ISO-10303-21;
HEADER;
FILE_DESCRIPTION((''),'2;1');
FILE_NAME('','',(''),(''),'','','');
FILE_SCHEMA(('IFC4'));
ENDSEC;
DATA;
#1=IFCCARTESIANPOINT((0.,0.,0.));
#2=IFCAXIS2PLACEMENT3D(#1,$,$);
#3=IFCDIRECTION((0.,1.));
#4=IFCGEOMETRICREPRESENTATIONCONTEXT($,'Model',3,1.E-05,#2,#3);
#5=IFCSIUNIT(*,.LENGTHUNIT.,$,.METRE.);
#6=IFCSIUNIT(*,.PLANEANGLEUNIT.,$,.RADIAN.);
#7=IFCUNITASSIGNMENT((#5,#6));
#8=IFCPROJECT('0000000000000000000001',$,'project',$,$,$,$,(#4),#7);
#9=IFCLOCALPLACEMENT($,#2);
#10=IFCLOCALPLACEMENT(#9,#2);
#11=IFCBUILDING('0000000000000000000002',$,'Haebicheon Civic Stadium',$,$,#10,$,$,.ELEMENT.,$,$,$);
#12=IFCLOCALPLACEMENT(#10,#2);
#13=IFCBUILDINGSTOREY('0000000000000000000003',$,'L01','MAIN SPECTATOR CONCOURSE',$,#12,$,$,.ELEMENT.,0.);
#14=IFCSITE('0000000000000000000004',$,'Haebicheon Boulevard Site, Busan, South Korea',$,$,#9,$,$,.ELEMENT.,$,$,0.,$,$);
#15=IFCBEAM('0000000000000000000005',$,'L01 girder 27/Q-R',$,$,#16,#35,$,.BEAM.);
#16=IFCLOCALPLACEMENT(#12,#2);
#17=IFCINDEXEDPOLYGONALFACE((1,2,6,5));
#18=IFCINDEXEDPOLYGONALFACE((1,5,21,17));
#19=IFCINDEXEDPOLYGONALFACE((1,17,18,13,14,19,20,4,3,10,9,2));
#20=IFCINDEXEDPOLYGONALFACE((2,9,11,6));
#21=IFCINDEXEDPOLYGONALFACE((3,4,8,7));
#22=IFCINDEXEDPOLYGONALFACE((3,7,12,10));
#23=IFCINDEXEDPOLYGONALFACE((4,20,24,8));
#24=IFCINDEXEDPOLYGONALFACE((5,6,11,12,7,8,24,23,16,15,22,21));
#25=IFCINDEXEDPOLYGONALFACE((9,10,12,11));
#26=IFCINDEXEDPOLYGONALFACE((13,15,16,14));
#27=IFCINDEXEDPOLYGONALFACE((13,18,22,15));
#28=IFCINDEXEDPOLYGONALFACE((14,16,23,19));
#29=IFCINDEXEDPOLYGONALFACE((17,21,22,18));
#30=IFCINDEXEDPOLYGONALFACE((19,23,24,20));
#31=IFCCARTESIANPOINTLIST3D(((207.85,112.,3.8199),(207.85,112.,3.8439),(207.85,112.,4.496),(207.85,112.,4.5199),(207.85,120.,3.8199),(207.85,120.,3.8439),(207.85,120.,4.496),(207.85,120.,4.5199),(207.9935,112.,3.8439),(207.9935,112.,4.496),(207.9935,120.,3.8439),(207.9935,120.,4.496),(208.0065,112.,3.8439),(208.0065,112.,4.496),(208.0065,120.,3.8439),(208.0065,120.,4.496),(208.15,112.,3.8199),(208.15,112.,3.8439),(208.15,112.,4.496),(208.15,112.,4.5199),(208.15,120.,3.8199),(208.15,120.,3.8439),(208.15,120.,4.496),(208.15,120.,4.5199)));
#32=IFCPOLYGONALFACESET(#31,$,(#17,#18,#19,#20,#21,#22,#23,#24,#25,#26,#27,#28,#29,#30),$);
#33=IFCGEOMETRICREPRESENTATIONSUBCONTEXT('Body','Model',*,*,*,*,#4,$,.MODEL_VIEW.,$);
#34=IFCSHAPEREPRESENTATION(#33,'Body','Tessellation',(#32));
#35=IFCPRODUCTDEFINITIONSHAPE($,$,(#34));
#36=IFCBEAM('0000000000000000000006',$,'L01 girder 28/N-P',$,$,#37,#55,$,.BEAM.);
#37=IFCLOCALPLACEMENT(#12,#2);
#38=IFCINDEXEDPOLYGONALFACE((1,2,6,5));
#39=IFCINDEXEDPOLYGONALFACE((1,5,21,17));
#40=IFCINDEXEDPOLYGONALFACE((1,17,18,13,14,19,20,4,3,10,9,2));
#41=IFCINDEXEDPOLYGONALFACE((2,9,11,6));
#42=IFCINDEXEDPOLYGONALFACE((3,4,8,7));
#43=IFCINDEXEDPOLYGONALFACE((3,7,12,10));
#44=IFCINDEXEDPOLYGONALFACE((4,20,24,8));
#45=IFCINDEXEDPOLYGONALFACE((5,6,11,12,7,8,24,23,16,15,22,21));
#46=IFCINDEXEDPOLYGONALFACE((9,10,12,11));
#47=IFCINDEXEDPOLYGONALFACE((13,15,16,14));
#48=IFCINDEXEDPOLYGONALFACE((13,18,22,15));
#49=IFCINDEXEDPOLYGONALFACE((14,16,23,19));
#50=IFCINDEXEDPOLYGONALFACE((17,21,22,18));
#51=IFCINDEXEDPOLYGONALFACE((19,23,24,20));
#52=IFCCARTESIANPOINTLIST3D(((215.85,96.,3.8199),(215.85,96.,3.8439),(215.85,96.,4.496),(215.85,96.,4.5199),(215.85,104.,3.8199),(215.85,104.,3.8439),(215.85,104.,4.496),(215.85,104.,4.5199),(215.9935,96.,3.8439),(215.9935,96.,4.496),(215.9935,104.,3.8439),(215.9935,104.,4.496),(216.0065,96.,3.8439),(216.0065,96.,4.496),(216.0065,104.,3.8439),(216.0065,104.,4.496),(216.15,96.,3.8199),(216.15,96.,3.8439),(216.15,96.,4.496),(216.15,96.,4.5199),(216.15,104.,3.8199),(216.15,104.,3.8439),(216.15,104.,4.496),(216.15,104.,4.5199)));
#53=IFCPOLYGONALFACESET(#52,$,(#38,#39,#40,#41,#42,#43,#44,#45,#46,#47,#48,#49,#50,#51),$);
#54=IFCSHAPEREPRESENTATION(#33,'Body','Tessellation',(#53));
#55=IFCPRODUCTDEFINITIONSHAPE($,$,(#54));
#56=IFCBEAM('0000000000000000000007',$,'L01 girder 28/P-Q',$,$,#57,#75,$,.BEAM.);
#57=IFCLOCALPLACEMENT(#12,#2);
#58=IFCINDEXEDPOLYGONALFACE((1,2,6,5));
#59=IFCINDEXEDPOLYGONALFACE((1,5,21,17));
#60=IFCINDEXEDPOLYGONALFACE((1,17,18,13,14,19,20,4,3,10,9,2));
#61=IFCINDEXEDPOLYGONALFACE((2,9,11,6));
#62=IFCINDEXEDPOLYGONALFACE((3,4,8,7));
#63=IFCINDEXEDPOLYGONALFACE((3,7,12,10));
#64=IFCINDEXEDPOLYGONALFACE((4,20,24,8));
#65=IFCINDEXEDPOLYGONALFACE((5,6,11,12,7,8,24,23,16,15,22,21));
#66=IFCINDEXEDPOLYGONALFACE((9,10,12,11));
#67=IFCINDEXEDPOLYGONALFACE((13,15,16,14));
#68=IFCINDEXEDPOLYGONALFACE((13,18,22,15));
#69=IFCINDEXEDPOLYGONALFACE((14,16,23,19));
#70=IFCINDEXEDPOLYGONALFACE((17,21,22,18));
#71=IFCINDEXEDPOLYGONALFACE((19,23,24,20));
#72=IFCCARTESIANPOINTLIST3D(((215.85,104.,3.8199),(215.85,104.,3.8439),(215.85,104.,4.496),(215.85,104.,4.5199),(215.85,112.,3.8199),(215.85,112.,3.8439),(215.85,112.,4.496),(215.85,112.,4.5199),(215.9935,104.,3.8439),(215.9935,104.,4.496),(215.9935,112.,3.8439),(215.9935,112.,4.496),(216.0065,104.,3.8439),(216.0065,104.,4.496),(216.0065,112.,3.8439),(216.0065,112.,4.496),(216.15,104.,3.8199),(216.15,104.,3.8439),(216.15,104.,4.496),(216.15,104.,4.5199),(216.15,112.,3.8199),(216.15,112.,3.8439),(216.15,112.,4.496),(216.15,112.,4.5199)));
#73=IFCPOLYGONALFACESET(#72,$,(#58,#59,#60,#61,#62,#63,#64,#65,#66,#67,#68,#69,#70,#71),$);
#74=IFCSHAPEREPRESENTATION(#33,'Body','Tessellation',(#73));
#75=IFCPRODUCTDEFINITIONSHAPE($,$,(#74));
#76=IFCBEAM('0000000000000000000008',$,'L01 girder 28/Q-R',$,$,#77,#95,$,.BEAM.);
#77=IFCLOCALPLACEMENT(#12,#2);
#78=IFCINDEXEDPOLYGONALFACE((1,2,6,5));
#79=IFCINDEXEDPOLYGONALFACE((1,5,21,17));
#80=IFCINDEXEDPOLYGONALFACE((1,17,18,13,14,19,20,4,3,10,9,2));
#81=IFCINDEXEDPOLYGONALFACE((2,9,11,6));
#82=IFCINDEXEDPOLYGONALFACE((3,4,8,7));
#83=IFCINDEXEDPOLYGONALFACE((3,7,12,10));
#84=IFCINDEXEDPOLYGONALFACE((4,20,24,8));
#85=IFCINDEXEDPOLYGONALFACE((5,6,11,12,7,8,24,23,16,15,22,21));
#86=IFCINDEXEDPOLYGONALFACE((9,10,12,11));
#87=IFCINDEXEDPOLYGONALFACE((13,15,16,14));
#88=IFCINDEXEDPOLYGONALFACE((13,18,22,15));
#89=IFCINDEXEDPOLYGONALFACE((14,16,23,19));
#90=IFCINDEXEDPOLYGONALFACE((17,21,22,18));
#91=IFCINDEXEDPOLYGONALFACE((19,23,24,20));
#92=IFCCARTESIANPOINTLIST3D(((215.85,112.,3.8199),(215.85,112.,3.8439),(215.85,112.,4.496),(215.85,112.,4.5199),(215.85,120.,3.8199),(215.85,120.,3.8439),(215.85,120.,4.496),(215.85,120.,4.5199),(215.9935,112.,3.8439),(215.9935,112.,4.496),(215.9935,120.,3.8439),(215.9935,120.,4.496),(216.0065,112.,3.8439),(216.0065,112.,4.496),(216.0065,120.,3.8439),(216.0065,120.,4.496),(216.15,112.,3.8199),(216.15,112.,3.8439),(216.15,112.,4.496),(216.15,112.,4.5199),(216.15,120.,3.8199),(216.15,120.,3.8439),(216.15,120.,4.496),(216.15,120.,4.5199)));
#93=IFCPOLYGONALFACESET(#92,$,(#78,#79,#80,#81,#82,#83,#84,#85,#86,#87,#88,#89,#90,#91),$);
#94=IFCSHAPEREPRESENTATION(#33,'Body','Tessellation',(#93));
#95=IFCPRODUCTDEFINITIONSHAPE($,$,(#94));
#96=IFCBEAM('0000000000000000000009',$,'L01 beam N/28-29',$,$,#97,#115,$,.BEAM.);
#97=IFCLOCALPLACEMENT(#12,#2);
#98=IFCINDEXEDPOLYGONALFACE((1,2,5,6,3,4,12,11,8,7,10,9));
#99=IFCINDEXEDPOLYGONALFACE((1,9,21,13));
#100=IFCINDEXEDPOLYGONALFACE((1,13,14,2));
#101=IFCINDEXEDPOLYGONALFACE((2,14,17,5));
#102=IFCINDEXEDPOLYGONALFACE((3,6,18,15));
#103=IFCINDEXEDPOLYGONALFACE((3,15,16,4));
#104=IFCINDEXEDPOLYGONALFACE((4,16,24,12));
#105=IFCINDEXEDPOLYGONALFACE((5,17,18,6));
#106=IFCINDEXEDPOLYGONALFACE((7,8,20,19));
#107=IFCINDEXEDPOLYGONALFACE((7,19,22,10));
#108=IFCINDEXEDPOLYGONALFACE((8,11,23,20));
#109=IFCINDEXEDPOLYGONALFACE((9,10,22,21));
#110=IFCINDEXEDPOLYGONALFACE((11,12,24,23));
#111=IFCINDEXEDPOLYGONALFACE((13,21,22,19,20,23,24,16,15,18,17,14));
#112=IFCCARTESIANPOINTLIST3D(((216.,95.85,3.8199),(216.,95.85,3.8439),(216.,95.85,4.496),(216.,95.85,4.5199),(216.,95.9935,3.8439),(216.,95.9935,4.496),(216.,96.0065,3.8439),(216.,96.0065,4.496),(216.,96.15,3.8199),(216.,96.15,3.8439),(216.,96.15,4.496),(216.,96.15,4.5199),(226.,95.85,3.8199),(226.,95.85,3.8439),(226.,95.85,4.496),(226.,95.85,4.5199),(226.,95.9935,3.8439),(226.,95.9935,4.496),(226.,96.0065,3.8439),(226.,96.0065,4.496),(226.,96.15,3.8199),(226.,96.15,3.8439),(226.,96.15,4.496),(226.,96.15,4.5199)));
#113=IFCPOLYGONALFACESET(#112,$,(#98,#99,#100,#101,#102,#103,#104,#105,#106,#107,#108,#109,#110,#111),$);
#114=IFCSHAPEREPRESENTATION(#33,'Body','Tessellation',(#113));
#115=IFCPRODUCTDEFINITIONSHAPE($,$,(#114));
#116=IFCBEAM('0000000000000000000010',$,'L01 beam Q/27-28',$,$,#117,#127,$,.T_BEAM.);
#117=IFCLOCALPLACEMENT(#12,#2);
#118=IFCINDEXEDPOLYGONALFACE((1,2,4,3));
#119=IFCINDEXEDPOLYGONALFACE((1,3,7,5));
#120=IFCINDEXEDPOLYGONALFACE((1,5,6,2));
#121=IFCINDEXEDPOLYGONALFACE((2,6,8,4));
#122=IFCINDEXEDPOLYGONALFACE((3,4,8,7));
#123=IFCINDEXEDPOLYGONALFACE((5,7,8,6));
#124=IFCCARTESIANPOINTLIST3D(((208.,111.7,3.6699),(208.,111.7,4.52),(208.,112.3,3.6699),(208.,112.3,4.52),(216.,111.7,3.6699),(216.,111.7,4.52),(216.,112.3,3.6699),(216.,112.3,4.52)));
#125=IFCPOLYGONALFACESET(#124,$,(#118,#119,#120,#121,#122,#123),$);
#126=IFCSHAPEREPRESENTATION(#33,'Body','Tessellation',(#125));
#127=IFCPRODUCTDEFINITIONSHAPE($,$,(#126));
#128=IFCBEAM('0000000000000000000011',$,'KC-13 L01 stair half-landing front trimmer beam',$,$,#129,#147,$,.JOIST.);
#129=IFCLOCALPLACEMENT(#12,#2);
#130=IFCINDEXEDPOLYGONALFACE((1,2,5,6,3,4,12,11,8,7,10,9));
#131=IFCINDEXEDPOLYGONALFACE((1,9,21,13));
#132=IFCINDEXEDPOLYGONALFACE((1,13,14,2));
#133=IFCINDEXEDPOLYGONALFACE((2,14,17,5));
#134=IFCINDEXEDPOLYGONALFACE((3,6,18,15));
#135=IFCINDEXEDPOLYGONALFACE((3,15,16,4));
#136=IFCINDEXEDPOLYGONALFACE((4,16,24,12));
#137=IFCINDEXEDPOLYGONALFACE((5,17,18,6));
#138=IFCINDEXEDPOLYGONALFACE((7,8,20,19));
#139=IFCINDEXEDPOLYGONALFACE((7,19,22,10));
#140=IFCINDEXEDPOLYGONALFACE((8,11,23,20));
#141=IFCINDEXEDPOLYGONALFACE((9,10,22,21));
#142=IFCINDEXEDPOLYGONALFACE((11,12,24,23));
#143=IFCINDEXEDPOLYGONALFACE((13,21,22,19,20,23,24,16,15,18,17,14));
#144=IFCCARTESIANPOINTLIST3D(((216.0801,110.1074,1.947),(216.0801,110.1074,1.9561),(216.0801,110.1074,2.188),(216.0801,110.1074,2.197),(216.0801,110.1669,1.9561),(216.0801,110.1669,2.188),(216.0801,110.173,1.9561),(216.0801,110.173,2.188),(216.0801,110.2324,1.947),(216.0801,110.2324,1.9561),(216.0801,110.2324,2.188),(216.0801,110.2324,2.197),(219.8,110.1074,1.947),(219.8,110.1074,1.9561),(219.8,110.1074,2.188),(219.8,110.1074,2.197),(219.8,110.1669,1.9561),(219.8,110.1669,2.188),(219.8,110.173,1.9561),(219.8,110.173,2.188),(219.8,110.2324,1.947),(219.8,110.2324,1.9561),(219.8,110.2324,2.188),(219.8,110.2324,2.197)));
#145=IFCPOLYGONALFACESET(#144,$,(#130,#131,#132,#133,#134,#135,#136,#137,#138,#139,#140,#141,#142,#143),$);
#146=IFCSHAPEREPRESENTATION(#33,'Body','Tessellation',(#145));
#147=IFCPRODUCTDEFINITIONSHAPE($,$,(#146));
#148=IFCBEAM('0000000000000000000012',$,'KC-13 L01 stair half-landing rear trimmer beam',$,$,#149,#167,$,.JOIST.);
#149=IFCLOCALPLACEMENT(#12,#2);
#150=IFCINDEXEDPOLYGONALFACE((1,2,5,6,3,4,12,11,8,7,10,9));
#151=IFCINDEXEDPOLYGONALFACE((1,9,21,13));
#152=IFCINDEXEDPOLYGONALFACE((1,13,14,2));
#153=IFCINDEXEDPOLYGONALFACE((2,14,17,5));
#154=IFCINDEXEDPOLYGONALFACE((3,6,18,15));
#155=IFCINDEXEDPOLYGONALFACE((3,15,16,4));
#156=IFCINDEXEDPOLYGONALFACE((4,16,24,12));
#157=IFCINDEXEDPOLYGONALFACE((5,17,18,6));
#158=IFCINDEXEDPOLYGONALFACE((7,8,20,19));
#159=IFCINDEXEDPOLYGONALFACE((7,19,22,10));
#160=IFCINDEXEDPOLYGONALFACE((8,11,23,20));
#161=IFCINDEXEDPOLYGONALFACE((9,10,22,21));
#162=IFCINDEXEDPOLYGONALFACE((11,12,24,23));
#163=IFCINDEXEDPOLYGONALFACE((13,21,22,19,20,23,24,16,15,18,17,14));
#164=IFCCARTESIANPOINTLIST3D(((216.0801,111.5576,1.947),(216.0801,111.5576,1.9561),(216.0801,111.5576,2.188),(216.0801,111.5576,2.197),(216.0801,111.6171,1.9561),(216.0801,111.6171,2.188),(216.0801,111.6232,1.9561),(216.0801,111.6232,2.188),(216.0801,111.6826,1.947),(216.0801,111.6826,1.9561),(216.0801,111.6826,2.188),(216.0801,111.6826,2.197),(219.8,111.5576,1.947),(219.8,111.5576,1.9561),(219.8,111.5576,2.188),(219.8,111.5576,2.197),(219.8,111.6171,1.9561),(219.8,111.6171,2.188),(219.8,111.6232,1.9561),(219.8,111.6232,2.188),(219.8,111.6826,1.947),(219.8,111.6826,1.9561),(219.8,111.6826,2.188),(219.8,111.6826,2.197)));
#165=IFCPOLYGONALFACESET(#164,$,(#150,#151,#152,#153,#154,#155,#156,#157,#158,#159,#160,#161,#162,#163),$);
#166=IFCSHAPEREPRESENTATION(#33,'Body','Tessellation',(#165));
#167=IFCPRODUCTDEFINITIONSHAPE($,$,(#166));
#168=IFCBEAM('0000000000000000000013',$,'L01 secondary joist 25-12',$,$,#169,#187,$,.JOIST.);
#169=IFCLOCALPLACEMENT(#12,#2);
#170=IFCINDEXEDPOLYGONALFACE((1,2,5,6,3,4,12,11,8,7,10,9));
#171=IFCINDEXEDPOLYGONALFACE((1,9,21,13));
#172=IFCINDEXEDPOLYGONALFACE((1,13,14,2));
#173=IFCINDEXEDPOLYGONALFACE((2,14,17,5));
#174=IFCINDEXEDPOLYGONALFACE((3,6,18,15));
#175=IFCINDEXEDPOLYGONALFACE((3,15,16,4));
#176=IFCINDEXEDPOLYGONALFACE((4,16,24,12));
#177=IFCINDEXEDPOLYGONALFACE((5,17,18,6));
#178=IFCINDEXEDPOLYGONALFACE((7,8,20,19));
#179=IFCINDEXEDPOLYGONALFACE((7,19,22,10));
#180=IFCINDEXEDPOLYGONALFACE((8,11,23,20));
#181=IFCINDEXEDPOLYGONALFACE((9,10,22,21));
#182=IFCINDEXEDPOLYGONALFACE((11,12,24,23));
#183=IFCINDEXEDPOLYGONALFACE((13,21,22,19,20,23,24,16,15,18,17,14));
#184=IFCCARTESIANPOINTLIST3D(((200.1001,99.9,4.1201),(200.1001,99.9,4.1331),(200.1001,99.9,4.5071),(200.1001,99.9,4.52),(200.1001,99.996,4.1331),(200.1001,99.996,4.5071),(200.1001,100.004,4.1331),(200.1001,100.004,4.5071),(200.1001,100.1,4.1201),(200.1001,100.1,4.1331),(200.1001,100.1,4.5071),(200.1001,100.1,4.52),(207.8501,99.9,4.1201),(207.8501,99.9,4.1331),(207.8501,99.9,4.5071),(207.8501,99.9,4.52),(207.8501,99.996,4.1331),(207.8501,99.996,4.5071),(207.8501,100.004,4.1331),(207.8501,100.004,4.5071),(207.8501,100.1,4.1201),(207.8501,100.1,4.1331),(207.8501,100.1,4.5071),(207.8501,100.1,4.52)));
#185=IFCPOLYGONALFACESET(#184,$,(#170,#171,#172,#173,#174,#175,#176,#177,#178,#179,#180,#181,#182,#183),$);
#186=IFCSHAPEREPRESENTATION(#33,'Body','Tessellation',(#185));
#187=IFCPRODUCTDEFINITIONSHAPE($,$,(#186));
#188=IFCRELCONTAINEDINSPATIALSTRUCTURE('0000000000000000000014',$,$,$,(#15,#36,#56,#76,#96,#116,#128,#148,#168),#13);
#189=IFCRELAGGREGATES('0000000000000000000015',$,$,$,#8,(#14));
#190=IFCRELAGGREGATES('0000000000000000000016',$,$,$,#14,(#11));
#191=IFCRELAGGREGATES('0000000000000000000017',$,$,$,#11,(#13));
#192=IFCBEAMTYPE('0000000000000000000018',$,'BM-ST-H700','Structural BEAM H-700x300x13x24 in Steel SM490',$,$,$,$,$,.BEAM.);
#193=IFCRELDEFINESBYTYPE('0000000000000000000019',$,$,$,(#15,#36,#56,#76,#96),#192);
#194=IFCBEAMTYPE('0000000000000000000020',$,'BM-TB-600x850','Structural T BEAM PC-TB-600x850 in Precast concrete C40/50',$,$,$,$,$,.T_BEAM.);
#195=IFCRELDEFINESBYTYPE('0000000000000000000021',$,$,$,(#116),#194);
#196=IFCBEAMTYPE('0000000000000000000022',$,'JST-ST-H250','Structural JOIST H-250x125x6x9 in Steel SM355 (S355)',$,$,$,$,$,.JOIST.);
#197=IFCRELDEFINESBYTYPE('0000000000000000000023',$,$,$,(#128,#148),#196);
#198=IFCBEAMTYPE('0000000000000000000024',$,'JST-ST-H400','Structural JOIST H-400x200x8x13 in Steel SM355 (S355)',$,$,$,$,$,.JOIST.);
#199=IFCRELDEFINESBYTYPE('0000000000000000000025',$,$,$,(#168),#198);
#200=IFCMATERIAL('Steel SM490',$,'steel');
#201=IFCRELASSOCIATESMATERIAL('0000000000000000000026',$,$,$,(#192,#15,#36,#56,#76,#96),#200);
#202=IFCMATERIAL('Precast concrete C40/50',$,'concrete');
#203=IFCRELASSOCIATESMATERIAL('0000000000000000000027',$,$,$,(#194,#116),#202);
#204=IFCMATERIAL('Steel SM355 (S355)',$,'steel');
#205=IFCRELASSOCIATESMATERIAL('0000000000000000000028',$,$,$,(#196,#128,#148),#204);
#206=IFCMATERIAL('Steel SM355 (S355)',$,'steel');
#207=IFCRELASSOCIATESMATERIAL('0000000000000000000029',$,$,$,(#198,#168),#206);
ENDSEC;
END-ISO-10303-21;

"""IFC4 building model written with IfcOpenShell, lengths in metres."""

from ifc_helpers import new_model, si_unit, direction, frame, origin, origin_2d, place, context, subcontext, project, spatial, rectangle, i_section, extrude, material, material_profile, profile_set, type_object, element, save


model = new_model("IFC4")

# Units and contexts
model_context = context("Model", 3, precision=1e-05, world=origin(), true_north=direction((0.0, 1.0)))
body_context = subcontext(model_context, "Body", "Model", "MODEL_VIEW")
ifc_project = project(units=[si_unit("LENGTHUNIT", "METRE"), si_unit("PLANEANGLEUNIT", "RADIAN")], contexts=[model_context])

# Site, building, storey
site_placement = place(None, origin())
site = spatial("IfcSite", under=ifc_project, at=site_placement, Name="Haebicheon Boulevard Site, Busan, South Korea", CompositionType="ELEMENT", RefElevation=0.0)
building_placement = place(site_placement, origin())
building = spatial("IfcBuilding", under=site, at=building_placement, Name="Haebicheon Civic Stadium", CompositionType="ELEMENT")
storey_placement = place(building_placement, origin())
storey = spatial("IfcBuildingStorey", under=building, at=storey_placement, Name="L01", Description="MAIN SPECTATOR CONCOURSE", CompositionType="ELEMENT", Elevation=0.0)

# Beams
ifc_material_1 = material(Name="Steel SM490", Category="steel")
ifc_material_profile_1 = material_profile(ifc_material_1, i_section(OverallWidth=0.3, OverallDepth=0.7, WebThickness=0.0129, FlangeThickness=0.0239, at=origin_2d()), Name="H-700x300x13x24")
ifc_profile_set_1 = profile_set([ifc_material_profile_1], Name="Steel SM490")
beam_type_1 = type_object("IfcBeamType", Name="BM-ST-H700", Description="Structural BEAM H-700x300x13x24 in Steel SM490", PredefinedType="BEAM", material=ifc_profile_set_1)
for number, where, z_axis, x_axis, name in (
    (1, (208.0, 112.0, 4.1699), (0.0, 1.0, 0.0), (-1.0, 0.0, 0.0), "L01 girder 27/Q-R"),
    (2, (216.0, 96.0, 4.1699), (0.0, 1.0, 0.0), (-1.0, 0.0, 0.0), "L01 girder 28/N-P"),
    (3, (216.0, 104.0, 4.1699), (0.0, 1.0, 0.0), (-1.0, 0.0, 0.0), "L01 girder 28/P-Q"),
    (4, (216.0, 112.0, 4.1699), (0.0, 1.0, 0.0), (-1.0, 0.0, 0.0), "L01 girder 28/Q-R"),
):
    element("IfcBeam", number, at=place(storey_placement, frame(where, z_axis=z_axis, x_axis=x_axis)), inside=storey, type_object=beam_type_1, material=ifc_profile_set_1, Name=name, PredefinedType="BEAM", context=body_context, shape_type="SweptSolid", body=[
        extrude(i_section(OverallWidth=0.3, OverallDepth=0.7, WebThickness=0.0129, FlangeThickness=0.0239, at=origin_2d()), origin(), (0.0, 0.0, 1.0), 8.0),
    ])
beam_1_placement = place(storey_placement, frame((216.0, 96.0, 4.1699), z_axis=(1.0, 0.0, 0.0), x_axis=(0.0, 1.0, 0.0)))
element("IfcBeam", 5, at=beam_1_placement, inside=storey, type_object=beam_type_1, material=ifc_profile_set_1, Name="L01 beam N/28-29", PredefinedType="BEAM", context=body_context, shape_type="SweptSolid", body=[
    extrude(i_section(OverallWidth=0.3, OverallDepth=0.7, WebThickness=0.0129, FlangeThickness=0.0239, at=origin_2d()), origin(), (0.0, 0.0, 1.0), 10.0),
])
ifc_material_2 = material(Name="Precast concrete C40/50", Category="concrete")
ifc_material_profile_2 = material_profile(ifc_material_2, rectangle(XDim=0.6001, YDim=0.8501, at=origin_2d()), Name="PC-TB-600x850")
ifc_profile_set_2 = profile_set([ifc_material_profile_2], Name="Precast concrete C40/50")
beam_type_2 = type_object("IfcBeamType", Name="BM-TB-600x850", Description="Structural T BEAM PC-TB-600x850 in Precast concrete C40/50", PredefinedType="T_BEAM", material=ifc_profile_set_2)
beam_2_placement = place(storey_placement, frame((208.0, 112.0, 4.095), z_axis=(1.0, 0.0, 0.0), x_axis=(0.0, 1.0, 0.0)))
element("IfcBeam", 6, at=beam_2_placement, inside=storey, type_object=beam_type_2, material=ifc_profile_set_2, Name="L01 beam Q/27-28", PredefinedType="T_BEAM", context=body_context, shape_type="SweptSolid", body=[
    extrude(rectangle(XDim=0.6001, YDim=0.8501, at=origin_2d()), origin(), (0.0, 0.0, 1.0), 8.0),
])
ifc_material_3 = material(Name="Steel SM355 (S355)", Category="steel")
ifc_material_profile_3 = material_profile(ifc_material_3, i_section(OverallWidth=0.125, OverallDepth=0.25, WebThickness=0.0061, FlangeThickness=0.009, at=origin_2d()), Name="H-250x125x6x9")
ifc_profile_set_3 = profile_set([ifc_material_profile_3], Name="Steel SM355 (S355)")
beam_type_3 = type_object("IfcBeamType", Name="JST-ST-H250", Description="Structural JOIST H-250x125x6x9 in Steel SM355 (S355)", PredefinedType="JOIST", material=ifc_profile_set_3)
for number, where, z_axis, x_axis, name in (
    (7, (216.0801, 110.1699, 2.072), (1.0, 0.0, 0.0), (0.0, 1.0, 0.0), "KC-13 L01 stair half-landing front trimmer beam"),
    (8, (216.0801, 111.6201, 2.072), (1.0, 0.0, 0.0), (0.0, 1.0, 0.0), "KC-13 L01 stair half-landing rear trimmer beam"),
):
    element("IfcBeam", number, at=place(storey_placement, frame(where, z_axis=z_axis, x_axis=x_axis)), inside=storey, type_object=beam_type_3, material=ifc_profile_set_3, Name=name, PredefinedType="JOIST", context=body_context, shape_type="SweptSolid", body=[
        extrude(i_section(OverallWidth=0.125, OverallDepth=0.25, WebThickness=0.0061, FlangeThickness=0.009, at=origin_2d()), origin(), (0.0, 0.0, 1.0), 3.72),
    ])
ifc_material_4 = material(Name="Steel SM355 (S355)", Category="steel")
ifc_material_profile_4 = material_profile(ifc_material_4, i_section(OverallWidth=0.2, OverallDepth=0.3999, WebThickness=0.0081, FlangeThickness=0.0129, at=origin_2d()), Name="H-400x200x8x13")
ifc_profile_set_4 = profile_set([ifc_material_profile_4], Name="Steel SM355 (S355)")
beam_type_4 = type_object("IfcBeamType", Name="JST-ST-H400", Description="Structural JOIST H-400x200x8x13 in Steel SM355 (S355)", PredefinedType="JOIST", material=ifc_profile_set_4)
for number, where, z_axis, x_axis, name in (
    (9, (200.1001, 100.0, 4.3201), (1.0, 0.0, 0.0), (0.0, 1.0, 0.0), "L01 secondary joist 25-12"),
):
    element("IfcBeam", number, at=place(storey_placement, frame(where, z_axis=z_axis, x_axis=x_axis)), inside=storey, type_object=beam_type_4, material=ifc_profile_set_4, Name=name, PredefinedType="JOIST", context=body_context, shape_type="SweptSolid", body=[
        extrude(i_section(OverallWidth=0.2, OverallDepth=0.3999, WebThickness=0.0081, FlangeThickness=0.0129, at=origin_2d()), origin(), (0.0, 0.0, 1.0), 7.75),
    ])

save(model, "model.ifc")
